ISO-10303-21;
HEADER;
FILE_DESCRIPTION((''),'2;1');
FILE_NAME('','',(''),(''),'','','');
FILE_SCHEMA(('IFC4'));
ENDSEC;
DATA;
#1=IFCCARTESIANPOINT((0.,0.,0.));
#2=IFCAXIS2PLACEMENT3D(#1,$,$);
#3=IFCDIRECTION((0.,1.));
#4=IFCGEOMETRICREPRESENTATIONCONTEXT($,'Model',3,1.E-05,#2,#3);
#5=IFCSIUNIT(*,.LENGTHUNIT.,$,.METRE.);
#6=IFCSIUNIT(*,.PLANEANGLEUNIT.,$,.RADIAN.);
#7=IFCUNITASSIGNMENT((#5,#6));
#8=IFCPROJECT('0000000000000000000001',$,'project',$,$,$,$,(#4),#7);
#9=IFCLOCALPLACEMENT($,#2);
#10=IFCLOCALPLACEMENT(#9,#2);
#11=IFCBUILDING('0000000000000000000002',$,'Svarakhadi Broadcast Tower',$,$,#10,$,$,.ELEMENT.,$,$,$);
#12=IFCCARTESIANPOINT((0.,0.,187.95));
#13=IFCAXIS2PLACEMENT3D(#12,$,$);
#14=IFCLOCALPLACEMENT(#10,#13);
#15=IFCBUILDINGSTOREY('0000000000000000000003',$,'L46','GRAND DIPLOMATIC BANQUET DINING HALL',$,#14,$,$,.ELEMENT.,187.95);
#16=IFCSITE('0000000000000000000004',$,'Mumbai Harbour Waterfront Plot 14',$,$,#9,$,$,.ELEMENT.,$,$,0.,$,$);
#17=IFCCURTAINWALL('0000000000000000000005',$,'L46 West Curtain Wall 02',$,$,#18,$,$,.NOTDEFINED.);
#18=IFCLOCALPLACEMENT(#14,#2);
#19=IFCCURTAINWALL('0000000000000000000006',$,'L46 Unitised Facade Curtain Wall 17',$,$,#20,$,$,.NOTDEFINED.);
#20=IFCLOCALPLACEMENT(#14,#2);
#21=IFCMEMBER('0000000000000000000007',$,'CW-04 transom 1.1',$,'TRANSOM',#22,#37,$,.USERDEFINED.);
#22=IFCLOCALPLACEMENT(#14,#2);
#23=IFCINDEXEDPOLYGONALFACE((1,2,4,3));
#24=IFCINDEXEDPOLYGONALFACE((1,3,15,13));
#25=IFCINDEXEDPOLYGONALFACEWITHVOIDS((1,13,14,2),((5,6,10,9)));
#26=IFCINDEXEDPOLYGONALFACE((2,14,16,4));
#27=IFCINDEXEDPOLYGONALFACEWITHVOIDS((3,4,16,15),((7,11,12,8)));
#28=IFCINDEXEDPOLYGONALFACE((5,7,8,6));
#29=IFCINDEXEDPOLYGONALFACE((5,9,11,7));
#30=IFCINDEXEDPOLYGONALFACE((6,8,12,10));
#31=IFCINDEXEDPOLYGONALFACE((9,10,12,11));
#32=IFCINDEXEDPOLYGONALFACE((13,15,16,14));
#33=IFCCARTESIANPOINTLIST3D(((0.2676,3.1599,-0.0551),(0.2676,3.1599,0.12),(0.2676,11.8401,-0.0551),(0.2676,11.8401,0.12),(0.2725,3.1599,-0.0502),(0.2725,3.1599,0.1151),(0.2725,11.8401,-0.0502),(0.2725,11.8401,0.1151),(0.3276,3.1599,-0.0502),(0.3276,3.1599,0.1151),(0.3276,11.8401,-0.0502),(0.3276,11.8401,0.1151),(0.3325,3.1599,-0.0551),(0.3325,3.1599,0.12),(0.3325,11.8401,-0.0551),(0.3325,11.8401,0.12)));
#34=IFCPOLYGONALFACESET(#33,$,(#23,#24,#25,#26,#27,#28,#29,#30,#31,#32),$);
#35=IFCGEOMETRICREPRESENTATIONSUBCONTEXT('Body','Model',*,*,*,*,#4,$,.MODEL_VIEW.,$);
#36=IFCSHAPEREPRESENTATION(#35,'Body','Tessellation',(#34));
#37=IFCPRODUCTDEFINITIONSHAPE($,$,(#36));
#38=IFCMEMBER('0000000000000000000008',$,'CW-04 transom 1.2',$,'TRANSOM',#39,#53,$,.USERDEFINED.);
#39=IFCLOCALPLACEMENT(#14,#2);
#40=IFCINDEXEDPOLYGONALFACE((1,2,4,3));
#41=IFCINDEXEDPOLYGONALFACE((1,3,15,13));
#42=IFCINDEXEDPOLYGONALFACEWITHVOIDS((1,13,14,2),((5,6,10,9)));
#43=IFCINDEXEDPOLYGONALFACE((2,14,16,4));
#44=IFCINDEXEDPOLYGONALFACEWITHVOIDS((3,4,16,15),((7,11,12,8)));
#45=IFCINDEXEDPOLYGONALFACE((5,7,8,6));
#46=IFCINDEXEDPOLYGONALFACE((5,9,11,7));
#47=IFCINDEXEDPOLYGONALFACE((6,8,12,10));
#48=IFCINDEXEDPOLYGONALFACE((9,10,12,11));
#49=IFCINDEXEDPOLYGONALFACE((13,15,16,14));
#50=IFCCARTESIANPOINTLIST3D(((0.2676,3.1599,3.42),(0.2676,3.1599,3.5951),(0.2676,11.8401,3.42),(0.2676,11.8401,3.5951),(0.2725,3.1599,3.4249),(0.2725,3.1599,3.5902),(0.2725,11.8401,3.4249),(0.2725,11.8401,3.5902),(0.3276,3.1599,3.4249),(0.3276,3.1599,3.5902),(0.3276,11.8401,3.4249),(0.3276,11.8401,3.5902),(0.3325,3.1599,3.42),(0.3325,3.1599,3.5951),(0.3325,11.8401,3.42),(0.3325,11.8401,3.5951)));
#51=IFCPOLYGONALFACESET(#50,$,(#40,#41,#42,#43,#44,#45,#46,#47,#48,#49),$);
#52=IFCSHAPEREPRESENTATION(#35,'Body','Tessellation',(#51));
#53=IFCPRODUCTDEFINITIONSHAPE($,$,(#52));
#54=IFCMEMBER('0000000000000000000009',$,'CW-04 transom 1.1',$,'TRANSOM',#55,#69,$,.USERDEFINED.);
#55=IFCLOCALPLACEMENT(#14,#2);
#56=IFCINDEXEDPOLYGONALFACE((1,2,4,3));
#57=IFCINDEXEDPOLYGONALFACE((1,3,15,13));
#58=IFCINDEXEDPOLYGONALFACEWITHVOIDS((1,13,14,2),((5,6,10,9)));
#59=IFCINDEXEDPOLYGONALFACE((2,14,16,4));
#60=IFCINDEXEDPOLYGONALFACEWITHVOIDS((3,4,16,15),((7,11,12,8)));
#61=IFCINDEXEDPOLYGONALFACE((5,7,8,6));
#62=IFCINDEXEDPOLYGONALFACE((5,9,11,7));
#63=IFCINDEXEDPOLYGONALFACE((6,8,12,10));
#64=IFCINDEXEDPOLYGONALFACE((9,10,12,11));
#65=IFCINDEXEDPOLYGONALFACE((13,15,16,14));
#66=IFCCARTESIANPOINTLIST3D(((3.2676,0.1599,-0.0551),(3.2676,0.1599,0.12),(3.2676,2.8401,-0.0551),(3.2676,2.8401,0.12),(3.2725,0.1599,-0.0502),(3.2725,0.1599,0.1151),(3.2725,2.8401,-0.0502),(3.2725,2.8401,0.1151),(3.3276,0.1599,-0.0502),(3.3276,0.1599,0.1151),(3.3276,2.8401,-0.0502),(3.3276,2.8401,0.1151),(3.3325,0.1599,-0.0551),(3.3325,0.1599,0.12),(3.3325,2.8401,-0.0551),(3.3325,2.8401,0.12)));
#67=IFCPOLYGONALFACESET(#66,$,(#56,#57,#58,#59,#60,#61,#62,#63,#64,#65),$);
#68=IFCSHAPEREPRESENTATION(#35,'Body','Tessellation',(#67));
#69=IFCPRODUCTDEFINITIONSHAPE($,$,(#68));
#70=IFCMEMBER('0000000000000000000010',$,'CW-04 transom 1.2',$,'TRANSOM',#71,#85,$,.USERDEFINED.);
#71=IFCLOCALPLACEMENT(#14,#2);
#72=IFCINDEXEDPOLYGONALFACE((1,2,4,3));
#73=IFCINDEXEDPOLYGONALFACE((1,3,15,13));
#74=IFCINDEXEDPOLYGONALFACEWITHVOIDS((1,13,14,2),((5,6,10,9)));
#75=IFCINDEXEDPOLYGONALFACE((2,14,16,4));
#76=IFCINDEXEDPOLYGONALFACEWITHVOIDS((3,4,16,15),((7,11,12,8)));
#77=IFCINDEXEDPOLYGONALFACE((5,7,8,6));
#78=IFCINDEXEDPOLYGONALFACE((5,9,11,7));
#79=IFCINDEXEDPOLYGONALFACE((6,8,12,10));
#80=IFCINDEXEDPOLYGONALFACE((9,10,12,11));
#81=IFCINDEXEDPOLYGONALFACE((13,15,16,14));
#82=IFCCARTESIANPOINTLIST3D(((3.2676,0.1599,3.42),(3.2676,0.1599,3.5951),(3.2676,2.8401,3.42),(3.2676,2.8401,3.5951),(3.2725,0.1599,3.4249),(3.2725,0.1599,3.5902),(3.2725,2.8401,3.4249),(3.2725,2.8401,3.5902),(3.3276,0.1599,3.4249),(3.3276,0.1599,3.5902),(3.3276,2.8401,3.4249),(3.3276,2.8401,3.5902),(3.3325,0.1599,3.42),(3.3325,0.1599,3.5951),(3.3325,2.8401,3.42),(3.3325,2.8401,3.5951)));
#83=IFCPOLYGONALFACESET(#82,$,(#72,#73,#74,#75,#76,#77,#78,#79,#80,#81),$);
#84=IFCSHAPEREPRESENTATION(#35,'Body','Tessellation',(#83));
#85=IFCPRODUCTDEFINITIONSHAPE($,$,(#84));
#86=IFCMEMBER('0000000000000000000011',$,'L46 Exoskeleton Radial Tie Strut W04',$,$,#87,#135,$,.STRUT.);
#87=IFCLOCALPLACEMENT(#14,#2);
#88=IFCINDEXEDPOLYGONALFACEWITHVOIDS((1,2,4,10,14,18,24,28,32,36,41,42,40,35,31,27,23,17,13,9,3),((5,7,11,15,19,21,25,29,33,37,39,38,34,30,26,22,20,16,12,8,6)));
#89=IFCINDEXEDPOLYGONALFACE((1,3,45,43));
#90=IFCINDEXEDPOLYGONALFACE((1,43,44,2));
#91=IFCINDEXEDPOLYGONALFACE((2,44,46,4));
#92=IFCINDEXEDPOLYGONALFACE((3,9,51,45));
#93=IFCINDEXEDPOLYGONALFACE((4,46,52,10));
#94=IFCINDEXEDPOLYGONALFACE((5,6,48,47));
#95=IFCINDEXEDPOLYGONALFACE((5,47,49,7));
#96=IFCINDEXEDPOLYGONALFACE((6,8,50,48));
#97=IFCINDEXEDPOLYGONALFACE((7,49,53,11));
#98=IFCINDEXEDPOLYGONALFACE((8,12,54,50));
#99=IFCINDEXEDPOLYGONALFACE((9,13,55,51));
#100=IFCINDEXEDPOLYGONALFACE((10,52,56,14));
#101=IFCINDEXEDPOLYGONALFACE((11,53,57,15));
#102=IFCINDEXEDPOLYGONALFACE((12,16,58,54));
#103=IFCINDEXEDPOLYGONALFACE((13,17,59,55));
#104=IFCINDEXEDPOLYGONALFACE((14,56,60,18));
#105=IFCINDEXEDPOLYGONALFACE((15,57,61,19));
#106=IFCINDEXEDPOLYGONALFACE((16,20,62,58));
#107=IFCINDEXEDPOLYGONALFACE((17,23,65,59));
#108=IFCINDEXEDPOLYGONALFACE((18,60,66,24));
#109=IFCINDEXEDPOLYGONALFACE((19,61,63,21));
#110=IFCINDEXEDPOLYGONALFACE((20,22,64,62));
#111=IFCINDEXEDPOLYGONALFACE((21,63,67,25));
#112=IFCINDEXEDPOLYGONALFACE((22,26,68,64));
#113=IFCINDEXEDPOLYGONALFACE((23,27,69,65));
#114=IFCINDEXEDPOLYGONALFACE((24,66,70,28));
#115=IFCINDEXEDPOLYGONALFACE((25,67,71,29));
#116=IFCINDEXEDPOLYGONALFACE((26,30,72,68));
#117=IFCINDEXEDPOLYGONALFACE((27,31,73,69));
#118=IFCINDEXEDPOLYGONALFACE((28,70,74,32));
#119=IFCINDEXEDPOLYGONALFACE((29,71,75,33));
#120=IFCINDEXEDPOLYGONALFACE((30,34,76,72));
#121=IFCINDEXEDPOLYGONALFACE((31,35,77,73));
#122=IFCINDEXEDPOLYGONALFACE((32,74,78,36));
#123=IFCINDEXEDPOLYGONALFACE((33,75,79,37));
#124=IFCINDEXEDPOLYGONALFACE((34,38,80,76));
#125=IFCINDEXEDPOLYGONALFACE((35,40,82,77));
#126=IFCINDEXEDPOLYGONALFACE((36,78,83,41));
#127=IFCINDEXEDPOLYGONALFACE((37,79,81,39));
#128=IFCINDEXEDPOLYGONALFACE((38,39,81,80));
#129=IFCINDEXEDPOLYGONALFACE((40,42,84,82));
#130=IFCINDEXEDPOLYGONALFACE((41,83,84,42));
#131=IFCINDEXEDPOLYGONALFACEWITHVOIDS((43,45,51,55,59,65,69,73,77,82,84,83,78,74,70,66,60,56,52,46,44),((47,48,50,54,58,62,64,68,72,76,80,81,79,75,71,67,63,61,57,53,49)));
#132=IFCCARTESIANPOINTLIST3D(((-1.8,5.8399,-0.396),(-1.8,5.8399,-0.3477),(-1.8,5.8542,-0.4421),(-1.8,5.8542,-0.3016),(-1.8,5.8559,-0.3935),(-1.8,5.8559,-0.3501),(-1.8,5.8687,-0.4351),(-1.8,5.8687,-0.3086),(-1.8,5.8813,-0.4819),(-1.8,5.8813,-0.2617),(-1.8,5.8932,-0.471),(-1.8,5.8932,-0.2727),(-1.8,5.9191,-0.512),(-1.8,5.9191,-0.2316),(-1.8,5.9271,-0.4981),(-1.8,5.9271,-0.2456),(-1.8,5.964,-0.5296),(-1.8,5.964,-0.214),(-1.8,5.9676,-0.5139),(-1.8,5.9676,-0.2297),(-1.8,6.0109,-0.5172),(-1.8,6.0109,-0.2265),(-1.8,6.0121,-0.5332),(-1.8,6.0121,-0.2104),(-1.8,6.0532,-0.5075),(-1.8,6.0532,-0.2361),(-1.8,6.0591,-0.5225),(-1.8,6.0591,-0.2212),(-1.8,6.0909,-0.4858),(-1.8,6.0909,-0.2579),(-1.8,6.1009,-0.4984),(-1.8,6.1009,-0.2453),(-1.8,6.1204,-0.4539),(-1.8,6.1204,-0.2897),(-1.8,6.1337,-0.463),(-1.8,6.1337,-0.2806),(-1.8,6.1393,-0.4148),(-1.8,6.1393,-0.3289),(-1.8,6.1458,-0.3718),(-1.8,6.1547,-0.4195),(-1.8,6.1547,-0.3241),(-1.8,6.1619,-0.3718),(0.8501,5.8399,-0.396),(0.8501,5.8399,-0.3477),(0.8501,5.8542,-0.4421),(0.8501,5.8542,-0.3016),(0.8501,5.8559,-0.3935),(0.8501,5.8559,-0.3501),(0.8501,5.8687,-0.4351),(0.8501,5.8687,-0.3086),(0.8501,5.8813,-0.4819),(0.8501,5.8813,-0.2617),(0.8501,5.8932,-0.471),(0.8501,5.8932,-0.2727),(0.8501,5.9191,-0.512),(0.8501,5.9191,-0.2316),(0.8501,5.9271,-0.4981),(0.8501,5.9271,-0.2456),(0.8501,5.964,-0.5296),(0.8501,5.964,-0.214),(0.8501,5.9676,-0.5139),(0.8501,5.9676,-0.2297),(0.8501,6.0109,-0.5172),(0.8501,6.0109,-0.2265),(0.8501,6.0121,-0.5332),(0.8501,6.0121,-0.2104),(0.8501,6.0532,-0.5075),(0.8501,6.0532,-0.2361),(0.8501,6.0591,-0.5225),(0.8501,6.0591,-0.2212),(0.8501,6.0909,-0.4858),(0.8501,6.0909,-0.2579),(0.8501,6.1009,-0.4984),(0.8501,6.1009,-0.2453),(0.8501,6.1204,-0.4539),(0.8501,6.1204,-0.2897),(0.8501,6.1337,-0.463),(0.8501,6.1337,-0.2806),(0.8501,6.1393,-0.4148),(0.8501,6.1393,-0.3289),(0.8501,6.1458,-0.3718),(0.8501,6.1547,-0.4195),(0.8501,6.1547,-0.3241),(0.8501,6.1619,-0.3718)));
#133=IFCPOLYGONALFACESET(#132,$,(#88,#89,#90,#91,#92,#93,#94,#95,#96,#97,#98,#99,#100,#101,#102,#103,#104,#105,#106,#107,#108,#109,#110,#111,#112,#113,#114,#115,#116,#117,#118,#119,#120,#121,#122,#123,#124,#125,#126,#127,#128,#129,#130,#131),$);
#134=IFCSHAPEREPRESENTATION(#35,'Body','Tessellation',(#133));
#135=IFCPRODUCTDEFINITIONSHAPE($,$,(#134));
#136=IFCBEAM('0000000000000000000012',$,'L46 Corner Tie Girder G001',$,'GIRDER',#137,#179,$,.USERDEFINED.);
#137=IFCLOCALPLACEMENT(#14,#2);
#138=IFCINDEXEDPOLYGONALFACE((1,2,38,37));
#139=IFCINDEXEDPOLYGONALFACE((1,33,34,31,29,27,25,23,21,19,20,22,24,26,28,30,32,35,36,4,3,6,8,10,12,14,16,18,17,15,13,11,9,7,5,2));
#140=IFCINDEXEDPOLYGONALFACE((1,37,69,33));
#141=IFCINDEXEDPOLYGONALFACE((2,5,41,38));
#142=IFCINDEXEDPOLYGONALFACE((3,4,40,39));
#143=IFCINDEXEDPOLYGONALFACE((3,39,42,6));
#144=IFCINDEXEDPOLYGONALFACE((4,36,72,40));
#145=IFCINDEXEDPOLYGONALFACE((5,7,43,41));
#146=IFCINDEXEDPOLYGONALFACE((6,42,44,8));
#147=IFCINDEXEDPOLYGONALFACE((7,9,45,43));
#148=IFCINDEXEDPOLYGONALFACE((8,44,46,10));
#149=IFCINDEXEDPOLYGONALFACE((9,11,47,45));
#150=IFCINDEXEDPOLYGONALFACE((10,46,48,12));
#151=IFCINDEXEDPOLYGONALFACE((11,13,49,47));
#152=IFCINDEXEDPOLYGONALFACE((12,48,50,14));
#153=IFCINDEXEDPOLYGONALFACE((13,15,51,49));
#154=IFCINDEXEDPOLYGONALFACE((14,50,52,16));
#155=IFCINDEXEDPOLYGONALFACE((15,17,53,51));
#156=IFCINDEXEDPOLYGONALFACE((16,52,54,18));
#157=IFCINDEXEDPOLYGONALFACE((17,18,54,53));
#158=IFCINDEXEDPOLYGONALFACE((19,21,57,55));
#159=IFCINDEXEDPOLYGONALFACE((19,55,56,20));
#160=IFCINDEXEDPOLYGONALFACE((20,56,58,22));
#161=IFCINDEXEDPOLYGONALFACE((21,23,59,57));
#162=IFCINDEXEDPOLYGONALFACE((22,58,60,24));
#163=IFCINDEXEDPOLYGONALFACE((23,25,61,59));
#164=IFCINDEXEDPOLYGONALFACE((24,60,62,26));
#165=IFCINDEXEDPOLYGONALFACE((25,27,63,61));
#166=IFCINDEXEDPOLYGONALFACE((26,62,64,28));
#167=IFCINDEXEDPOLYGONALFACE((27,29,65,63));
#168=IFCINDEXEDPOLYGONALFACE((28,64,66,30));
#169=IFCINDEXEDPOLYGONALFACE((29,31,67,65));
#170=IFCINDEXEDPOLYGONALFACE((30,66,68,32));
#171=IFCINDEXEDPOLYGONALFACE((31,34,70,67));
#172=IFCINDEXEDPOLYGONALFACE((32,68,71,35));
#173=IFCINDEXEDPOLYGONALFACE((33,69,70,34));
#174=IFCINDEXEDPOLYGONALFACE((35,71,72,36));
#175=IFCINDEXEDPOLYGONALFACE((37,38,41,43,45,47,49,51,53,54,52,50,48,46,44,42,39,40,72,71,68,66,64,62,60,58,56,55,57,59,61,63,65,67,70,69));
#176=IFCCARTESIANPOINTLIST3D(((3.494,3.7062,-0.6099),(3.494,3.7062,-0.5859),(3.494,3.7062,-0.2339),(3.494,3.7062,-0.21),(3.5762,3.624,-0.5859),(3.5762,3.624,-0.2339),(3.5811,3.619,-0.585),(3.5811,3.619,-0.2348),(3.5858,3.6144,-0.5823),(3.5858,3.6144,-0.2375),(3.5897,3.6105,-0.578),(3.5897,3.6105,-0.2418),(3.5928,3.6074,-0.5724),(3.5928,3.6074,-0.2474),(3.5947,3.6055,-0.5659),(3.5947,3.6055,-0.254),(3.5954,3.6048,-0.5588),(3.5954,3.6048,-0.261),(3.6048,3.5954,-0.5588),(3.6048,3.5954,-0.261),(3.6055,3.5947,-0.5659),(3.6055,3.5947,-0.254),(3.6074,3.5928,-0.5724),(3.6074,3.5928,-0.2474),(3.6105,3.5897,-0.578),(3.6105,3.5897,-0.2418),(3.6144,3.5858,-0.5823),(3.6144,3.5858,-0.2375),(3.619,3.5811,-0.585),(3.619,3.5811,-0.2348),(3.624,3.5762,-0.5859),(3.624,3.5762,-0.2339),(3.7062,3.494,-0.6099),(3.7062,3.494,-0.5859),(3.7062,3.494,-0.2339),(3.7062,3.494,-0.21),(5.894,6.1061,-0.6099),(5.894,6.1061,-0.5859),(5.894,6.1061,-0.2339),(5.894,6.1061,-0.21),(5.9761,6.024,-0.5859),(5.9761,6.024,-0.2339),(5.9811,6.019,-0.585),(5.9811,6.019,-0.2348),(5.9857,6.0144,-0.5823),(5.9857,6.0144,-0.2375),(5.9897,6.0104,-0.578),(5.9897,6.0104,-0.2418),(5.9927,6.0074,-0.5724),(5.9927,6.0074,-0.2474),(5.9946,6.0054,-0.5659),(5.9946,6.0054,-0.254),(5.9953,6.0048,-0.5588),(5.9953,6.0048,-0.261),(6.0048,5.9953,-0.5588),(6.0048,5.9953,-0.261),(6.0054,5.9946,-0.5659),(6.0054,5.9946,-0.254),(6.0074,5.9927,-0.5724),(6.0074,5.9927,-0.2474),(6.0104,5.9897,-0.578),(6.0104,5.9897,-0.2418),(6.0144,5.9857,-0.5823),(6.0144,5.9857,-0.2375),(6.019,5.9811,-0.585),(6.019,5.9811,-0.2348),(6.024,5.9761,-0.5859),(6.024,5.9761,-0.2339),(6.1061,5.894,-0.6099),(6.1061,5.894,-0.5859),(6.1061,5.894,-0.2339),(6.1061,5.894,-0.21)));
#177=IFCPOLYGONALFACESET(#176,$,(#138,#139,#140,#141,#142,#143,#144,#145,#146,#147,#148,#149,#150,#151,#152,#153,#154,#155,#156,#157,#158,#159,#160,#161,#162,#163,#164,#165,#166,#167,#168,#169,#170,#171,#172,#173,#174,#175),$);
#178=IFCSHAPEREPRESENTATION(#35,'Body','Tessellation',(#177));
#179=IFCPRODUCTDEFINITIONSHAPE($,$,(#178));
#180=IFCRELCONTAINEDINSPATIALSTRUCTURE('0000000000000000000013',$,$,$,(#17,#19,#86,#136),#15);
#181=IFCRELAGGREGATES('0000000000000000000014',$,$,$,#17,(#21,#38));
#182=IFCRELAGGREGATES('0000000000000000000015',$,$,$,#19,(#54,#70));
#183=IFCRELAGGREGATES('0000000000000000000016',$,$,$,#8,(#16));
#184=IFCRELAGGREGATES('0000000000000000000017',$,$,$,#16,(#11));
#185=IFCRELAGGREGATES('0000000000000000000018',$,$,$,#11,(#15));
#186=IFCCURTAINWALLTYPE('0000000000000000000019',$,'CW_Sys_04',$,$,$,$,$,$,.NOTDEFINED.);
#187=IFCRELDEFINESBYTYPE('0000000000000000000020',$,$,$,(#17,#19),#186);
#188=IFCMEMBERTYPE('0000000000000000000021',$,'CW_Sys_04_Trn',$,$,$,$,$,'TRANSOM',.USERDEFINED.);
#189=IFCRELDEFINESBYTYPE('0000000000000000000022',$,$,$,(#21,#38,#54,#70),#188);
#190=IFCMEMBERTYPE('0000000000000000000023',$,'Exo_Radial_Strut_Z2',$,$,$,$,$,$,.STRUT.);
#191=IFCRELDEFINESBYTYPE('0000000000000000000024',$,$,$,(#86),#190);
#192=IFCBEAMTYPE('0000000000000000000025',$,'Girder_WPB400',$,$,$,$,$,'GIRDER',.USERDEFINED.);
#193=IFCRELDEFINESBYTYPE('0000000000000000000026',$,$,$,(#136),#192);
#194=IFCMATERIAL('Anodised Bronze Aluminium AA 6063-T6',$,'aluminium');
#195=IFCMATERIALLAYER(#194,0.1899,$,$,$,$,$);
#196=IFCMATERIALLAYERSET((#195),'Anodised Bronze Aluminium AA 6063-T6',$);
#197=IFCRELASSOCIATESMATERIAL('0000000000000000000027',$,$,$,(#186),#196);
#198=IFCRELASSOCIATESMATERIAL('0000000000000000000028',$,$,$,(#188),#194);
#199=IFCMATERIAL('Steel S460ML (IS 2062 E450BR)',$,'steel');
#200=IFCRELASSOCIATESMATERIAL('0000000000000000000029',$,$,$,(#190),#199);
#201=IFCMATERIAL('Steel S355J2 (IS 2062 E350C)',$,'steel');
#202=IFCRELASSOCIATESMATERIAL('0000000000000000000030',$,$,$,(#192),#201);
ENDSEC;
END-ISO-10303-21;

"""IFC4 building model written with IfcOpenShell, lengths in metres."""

from ifc_helpers import new_model, si_unit, direction, frame, origin, origin_2d, place, context, subcontext, project, spatial, hollow_rectangle, hollow_circle, i_section, extrude, material, layer, layer_set, material_profile, profile_set, type_object, element, aggregate, save


model = new_model("IFC4")

# Units and contexts
model_context = context("Model", 3, precision=1e-05, world=origin(), true_north=direction((0.0, 1.0)))
body_context = subcontext(model_context, "Body", "Model", "MODEL_VIEW")
ifc_project = project(units=[si_unit("LENGTHUNIT", "METRE"), si_unit("PLANEANGLEUNIT", "RADIAN")], contexts=[model_context])

# Site, building, storey
site_placement = place(None, origin())
site = spatial("IfcSite", under=ifc_project, at=site_placement, Name="Mumbai Harbour Waterfront Plot 14", CompositionType="ELEMENT", RefElevation=0.0)
building_placement = place(site_placement, origin())
building = spatial("IfcBuilding", under=site, at=building_placement, Name="Svarakhadi Broadcast Tower", CompositionType="ELEMENT")
storey_placement = place(building_placement, frame((0.0, 0.0, 187.95)))
storey = spatial("IfcBuildingStorey", under=building, at=storey_placement, Name="L46", Description="GRAND DIPLOMATIC BANQUET DINING HALL", CompositionType="ELEMENT", Elevation=187.95)

# Shared definitions
ifc_material_1 = material(Name="Steel S460ML (IS 2062 E450BR)", Category="steel")

# Shared definitions
ifc_material_2 = material(Name="Anodised Bronze Aluminium AA 6063-T6", Category="aluminium")
ifc_layer_1 = layer(ifc_material_2, 0.1899)
ifc_layer_set_1 = layer_set([ifc_layer_1], Name="Anodised Bronze Aluminium AA 6063-T6")
curtain_wall_type = type_object("IfcCurtainWallType", Name="CW_Sys_04", PredefinedType="NOTDEFINED", material=ifc_layer_set_1)

# Curtain wall
curtain_wall_1_placement = place(storey_placement, origin())
curtain_wall_1 = element("IfcCurtainWall", 1, at=curtain_wall_1_placement, inside=storey, type_object=curtain_wall_type, Name="L46 West Curtain Wall 02", PredefinedType="NOTDEFINED")

# Curtain wall
curtain_wall_2_placement = place(storey_placement, origin())
curtain_wall_2 = element("IfcCurtainWall", 2, at=curtain_wall_2_placement, inside=storey, type_object=curtain_wall_type, Name="L46 Unitised Facade Curtain Wall 17", PredefinedType="NOTDEFINED")

# Members
ifc_material_profile_1 = material_profile(ifc_material_2, hollow_rectangle(XDim=0.0649, YDim=0.175, WallThickness=0.0049, at=origin_2d()), Name="ALU TRANSOM 175x65x5")
ifc_profile_set_1 = profile_set([ifc_material_profile_1], Name="Anodised Bronze Aluminium AA 6063-T6")
member_type_1 = type_object("IfcMemberType", Name="CW_Sys_04_Trn", ElementType="TRANSOM", PredefinedType="USERDEFINED", material=ifc_profile_set_1)
member_1_placement = place(storey_placement, frame((0.3, 3.1599, 0.0325), z_axis=(0.0, 1.0, 0.0), x_axis=(-1.0, 0.0, 0.0)))
member_1 = element("IfcMember", 3, at=member_1_placement, type_object=member_type_1, Name="CW-04 transom 1.1", ObjectType="TRANSOM", PredefinedType="USERDEFINED", context=body_context, shape_type="SweptSolid", body=[
    extrude(hollow_rectangle(XDim=0.0649, YDim=0.175, WallThickness=0.0049, at=origin_2d()), origin(), (0.0, 0.0, 1.0), 8.6802),
])
member_2_placement = place(storey_placement, frame((0.3, 3.1599, 3.5076), z_axis=(0.0, 1.0, 0.0), x_axis=(-1.0, 0.0, 0.0)))
member_2 = element("IfcMember", 4, at=member_2_placement, type_object=member_type_1, Name="CW-04 transom 1.2", ObjectType="TRANSOM", PredefinedType="USERDEFINED", context=body_context, shape_type="SweptSolid", body=[
    extrude(hollow_rectangle(XDim=0.0649, YDim=0.175, WallThickness=0.0049, at=origin_2d()), origin(), (0.0, 0.0, 1.0), 8.6802),
])
aggregate(curtain_wall_1, [member_1, member_2])
member_3_placement = place(storey_placement, frame((3.3, 0.1599, 0.0325), z_axis=(0.0, 1.0, 0.0), x_axis=(-1.0, 0.0, 0.0)))
member_3 = element("IfcMember", 5, at=member_3_placement, type_object=member_type_1, Name="CW-04 transom 1.1", ObjectType="TRANSOM", PredefinedType="USERDEFINED", context=body_context, shape_type="SweptSolid", body=[
    extrude(hollow_rectangle(XDim=0.0649, YDim=0.175, WallThickness=0.0049, at=origin_2d()), origin(), (0.0, 0.0, 1.0), 2.6802),
])
member_4_placement = place(storey_placement, frame((3.3, 0.1599, 3.5076), z_axis=(0.0, 1.0, 0.0), x_axis=(-1.0, 0.0, 0.0)))
member_4 = element("IfcMember", 6, at=member_4_placement, type_object=member_type_1, Name="CW-04 transom 1.2", ObjectType="TRANSOM", PredefinedType="USERDEFINED", context=body_context, shape_type="SweptSolid", body=[
    extrude(hollow_rectangle(XDim=0.0649, YDim=0.175, WallThickness=0.0049, at=origin_2d()), origin(), (0.0, 0.0, 1.0), 2.6802),
])
ifc_material_profile_2 = material_profile(ifc_material_1, hollow_circle(Radius=0.1619, WallThickness=0.0161, at=origin_2d()), Name="CHS 323.9x16")
ifc_profile_set_2 = profile_set([ifc_material_profile_2], Name="Steel S460ML (IS 2062 E450BR)")
member_type_2 = type_object("IfcMemberType", Name="Exo_Radial_Strut_Z2", PredefinedType="STRUT", material=ifc_profile_set_2)
member_5_placement = place(storey_placement, frame((-1.8, 6.0, -0.3718), z_axis=(1.0, 0.0, 0.0), x_axis=(0.0, 1.0, 0.0)))
element("IfcMember", 7, at=member_5_placement, inside=storey, type_object=member_type_2, Name="L46 Exoskeleton Radial Tie Strut W04", PredefinedType="STRUT", context=body_context, shape_type="SweptSolid", body=[
    extrude(hollow_circle(Radius=0.1619, WallThickness=0.0161, at=origin_2d()), origin(), (0.0, 0.0, 1.0), 2.6501),
])

# Beam
ifc_material_3 = material(Name="Steel S355J2 (IS 2062 E350C)", Category="steel")
ifc_material_profile_3 = material_profile(ifc_material_3, i_section(OverallWidth=0.3, OverallDepth=0.3999, WebThickness=0.0134, FlangeThickness=0.0239, FilletRadius=0.0271, at=origin_2d()), Name="WPB 400x300x155")
ifc_profile_set_3 = profile_set([ifc_material_profile_3], Name="Steel S355J2 (IS 2062 E350C)")
beam_type = type_object("IfcBeamType", Name="Girder_WPB400", ElementType="GIRDER", PredefinedType="USERDEFINED", material=ifc_profile_set_3)
beam_1_placement = place(storey_placement, frame((3.6001, 3.6001, -0.4099), z_axis=(0.707107, 0.707107, 0.0), x_axis=(-0.707107, 0.707107, 0.0)))
element("IfcBeam", 8, at=beam_1_placement, inside=storey, type_object=beam_type, Name="L46 Corner Tie Girder G001", ObjectType="GIRDER", PredefinedType="USERDEFINED", context=body_context, shape_type="SweptSolid", body=[
    extrude(i_section(OverallWidth=0.3, OverallDepth=0.3999, WebThickness=0.0134, FlangeThickness=0.0239, FilletRadius=0.0271, at=origin_2d()), origin(), (0.0, 0.0, 1.0), 3.394),
])

aggregate(curtain_wall_2, [member_3, member_4])

save(model, "model.ifc")
